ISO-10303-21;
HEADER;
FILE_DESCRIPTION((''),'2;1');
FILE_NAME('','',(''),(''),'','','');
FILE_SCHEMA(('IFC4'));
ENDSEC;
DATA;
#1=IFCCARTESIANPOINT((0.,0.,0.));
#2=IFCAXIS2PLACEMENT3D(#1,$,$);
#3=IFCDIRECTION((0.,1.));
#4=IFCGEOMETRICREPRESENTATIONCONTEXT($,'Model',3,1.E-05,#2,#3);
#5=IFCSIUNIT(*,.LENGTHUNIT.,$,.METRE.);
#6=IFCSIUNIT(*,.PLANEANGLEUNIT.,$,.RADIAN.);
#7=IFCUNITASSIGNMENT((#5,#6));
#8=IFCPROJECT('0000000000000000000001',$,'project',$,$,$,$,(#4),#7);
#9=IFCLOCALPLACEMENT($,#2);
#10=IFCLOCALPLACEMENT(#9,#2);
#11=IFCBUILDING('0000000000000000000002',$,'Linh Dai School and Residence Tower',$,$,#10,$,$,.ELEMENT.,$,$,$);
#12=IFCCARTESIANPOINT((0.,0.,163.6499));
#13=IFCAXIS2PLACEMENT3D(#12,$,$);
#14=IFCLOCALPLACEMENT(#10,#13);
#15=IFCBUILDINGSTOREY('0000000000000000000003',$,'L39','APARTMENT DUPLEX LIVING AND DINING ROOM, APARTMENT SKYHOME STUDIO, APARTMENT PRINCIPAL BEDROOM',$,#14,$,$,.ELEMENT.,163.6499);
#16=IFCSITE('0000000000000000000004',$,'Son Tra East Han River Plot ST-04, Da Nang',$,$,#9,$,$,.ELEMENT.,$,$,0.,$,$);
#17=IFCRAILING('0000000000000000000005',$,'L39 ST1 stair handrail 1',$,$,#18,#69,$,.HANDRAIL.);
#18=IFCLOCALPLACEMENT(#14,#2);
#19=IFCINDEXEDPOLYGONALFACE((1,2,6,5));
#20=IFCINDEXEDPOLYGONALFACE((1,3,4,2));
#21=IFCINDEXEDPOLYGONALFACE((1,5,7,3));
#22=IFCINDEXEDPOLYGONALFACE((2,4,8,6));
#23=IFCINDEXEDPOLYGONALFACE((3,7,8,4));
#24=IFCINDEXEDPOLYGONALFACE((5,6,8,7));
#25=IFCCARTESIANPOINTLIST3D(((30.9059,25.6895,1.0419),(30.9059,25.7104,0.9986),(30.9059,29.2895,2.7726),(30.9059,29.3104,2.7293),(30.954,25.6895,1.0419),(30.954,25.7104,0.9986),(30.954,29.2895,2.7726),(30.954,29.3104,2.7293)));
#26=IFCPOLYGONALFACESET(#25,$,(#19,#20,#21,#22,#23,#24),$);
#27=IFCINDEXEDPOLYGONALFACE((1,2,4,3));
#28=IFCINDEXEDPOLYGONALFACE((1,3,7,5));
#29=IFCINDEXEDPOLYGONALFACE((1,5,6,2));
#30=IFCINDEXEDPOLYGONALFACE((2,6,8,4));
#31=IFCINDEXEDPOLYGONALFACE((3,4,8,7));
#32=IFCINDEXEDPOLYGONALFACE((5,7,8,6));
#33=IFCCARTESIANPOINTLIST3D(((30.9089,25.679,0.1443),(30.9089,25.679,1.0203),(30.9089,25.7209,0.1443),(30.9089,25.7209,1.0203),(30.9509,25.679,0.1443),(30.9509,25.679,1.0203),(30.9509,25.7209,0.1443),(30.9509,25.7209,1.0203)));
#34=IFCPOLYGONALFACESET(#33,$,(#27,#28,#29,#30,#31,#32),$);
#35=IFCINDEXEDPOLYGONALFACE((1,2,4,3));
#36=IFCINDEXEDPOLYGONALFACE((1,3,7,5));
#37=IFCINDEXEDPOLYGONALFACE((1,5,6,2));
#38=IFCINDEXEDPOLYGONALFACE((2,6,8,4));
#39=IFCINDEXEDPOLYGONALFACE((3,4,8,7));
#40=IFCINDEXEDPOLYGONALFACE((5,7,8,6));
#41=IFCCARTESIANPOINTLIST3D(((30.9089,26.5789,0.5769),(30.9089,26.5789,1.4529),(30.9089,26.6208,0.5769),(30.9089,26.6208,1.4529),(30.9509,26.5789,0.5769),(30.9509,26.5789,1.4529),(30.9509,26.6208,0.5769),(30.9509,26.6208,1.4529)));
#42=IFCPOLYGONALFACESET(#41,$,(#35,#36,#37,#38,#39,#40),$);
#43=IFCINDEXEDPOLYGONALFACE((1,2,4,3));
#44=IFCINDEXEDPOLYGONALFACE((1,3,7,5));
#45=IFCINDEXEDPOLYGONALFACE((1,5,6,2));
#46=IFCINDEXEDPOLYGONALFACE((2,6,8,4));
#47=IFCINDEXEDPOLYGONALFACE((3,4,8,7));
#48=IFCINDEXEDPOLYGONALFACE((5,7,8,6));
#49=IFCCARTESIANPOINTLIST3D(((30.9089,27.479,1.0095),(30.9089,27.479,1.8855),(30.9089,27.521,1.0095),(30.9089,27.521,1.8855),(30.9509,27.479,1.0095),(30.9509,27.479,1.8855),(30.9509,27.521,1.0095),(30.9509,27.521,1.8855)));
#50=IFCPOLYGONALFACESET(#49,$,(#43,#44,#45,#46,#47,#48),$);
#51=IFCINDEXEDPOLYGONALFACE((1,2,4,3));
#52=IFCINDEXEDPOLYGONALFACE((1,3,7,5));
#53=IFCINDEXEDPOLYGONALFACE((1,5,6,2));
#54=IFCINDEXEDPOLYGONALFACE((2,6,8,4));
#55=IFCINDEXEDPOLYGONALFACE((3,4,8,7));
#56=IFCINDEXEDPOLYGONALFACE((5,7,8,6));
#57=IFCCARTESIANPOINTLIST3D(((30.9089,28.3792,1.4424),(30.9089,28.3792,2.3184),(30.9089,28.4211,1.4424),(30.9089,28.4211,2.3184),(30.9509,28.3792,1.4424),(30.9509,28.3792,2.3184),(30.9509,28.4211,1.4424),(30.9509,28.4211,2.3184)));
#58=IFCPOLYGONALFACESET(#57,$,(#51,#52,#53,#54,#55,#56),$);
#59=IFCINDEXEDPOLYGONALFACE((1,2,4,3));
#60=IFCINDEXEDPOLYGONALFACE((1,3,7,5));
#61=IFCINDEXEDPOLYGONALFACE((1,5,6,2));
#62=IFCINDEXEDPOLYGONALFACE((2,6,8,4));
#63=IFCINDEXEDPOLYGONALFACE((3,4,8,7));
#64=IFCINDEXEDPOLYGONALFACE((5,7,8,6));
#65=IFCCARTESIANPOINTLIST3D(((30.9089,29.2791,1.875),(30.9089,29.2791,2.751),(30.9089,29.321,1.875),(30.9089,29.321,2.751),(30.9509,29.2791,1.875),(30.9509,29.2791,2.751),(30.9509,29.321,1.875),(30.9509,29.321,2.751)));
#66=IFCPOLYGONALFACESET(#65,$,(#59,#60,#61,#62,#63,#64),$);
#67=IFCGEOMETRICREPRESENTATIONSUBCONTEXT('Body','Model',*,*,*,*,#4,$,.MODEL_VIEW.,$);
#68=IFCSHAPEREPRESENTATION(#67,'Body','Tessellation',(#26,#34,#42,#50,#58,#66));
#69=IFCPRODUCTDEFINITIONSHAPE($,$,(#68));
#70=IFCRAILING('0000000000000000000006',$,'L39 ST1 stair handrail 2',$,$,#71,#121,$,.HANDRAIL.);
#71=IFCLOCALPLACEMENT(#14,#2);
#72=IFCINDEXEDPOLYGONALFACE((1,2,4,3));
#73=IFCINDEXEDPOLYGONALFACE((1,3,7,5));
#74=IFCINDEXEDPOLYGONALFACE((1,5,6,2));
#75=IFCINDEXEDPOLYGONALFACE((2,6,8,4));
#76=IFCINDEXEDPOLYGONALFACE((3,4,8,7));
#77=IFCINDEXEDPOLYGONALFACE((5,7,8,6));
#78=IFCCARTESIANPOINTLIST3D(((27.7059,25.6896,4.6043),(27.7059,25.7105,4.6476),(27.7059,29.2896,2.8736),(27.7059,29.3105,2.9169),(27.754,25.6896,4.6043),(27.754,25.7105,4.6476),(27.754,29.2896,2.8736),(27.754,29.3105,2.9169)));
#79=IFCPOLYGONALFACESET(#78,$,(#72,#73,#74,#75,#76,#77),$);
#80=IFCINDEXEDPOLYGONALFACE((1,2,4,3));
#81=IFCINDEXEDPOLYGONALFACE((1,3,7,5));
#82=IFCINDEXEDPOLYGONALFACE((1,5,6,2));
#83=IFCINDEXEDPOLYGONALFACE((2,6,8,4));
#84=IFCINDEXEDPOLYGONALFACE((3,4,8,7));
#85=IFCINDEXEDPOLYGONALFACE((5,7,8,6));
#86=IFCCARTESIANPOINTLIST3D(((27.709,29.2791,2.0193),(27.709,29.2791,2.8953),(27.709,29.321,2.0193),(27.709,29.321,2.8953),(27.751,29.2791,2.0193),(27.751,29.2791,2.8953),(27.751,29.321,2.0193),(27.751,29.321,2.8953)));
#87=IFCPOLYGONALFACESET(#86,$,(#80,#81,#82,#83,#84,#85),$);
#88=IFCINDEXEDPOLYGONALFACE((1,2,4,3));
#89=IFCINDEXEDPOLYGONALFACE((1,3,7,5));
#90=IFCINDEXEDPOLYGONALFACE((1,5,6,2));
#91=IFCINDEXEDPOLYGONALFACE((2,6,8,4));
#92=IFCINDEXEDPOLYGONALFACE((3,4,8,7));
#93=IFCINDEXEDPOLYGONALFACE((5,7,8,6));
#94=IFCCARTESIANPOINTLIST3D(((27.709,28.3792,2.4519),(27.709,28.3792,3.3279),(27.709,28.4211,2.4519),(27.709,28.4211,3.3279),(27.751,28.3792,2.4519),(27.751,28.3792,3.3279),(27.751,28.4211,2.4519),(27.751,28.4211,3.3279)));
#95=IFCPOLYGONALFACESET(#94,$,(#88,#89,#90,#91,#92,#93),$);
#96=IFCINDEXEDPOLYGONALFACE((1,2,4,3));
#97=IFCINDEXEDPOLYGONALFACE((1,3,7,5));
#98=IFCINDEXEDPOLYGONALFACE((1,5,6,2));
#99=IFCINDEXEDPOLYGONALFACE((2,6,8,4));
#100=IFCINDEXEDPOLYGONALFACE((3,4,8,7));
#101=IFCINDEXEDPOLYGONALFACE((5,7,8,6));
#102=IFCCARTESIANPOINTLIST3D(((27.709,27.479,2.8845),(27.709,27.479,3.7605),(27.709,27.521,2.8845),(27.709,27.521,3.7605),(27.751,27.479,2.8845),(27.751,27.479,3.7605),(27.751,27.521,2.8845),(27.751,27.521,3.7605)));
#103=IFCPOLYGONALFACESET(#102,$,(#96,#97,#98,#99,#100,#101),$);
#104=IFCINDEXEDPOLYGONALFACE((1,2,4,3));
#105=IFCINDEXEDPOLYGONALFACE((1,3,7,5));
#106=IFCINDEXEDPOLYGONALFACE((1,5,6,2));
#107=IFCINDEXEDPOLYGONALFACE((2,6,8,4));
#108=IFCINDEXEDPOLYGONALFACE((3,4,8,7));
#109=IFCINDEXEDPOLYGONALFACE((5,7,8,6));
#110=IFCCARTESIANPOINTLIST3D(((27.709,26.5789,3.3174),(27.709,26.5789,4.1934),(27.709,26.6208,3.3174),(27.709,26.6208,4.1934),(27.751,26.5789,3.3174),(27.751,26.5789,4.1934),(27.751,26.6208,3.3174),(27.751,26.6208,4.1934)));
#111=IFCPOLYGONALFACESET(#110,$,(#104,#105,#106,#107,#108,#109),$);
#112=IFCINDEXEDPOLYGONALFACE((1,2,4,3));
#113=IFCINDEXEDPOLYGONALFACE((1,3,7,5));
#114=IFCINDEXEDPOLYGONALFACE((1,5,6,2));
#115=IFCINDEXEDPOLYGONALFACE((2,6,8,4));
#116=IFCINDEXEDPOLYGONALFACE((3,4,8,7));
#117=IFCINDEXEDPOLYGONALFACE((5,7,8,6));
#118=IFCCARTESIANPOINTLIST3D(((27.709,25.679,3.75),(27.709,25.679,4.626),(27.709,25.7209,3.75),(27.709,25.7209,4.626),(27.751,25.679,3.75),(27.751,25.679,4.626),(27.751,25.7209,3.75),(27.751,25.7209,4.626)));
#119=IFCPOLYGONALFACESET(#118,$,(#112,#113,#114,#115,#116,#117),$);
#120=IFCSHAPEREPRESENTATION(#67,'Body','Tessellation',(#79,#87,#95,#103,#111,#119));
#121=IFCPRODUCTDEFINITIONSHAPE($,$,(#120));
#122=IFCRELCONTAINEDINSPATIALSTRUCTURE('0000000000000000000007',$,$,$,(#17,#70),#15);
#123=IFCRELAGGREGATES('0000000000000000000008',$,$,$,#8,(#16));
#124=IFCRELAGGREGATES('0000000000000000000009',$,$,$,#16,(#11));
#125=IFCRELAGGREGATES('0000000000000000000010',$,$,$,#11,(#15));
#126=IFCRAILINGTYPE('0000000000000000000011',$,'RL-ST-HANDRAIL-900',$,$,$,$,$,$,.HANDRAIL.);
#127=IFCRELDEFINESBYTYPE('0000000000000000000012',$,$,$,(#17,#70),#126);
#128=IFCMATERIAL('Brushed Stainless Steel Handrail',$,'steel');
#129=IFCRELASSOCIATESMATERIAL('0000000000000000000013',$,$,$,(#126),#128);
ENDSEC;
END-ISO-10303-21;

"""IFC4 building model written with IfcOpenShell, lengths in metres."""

from ifc_helpers import new_model, si_unit, direction, frame, origin, origin_2d, place, context, subcontext, project, spatial, rectangle, extrude, source, transform, mapped, material, type_object, element, save


model = new_model("IFC4")

# Units and contexts
model_context = context("Model", 3, precision=1e-05, world=origin(), true_north=direction((0.0, 1.0)))
body_context = subcontext(model_context, "Body", "Model", "MODEL_VIEW")
ifc_project = project(units=[si_unit("LENGTHUNIT", "METRE"), si_unit("PLANEANGLEUNIT", "RADIAN")], contexts=[model_context])

# Site, building, storey
site_placement = place(None, origin())
site = spatial("IfcSite", under=ifc_project, at=site_placement, Name="Son Tra East Han River Plot ST-04, Da Nang", CompositionType="ELEMENT", RefElevation=0.0)
building_placement = place(site_placement, origin())
building = spatial("IfcBuilding", under=site, at=building_placement, Name="Linh Dai School and Residence Tower", CompositionType="ELEMENT")
storey_placement = place(building_placement, frame((0.0, 0.0, 163.6499)))
storey = spatial("IfcBuildingStorey", under=building, at=storey_placement, Name="L39", Description="APARTMENT DUPLEX LIVING AND DINING ROOM, APARTMENT SKYHOME STUDIO, APARTMENT PRINCIPAL BEDROOM", CompositionType="ELEMENT", Elevation=163.6499)

# Railings
ifc_material_1 = material(Name="Brushed Stainless Steel Handrail", Category="steel")
railing_type_1 = type_object("IfcRailingType", Name="RL-ST-HANDRAIL-900", PredefinedType="HANDRAIL", material=ifc_material_1)
shared_shape_1 = source(origin(), body_context, "Body", "SweptSolid", [
    extrude(rectangle(XDim=0.0481, YDim=0.0481, at=origin_2d()), frame((0.0, 0.0, 0.876), z_axis=(0.0, 0.901263, 0.433273), x_axis=(-1.0, 0.0, 0.0)), (0.0, 0.0, 1.0), 3.9944),
    extrude(rectangle(XDim=0.042, YDim=0.042, at=origin_2d()), origin(), (0.0, 0.0, 1.0), 0.876),
    extrude(rectangle(XDim=0.042, YDim=0.042, at=origin_2d()), frame((0.0, 0.8999, 0.4326)), (0.0, 0.0, 1.0), 0.876),
    extrude(rectangle(XDim=0.042, YDim=0.042, at=origin_2d()), frame((0.0, 1.8, 0.8652)), (0.0, 0.0, 1.0), 0.876),
    extrude(rectangle(XDim=0.042, YDim=0.042, at=origin_2d()), frame((0.0, 2.7002, 1.2981)), (0.0, 0.0, 1.0), 0.876),
    extrude(rectangle(XDim=0.042, YDim=0.042, at=origin_2d()), frame((0.0, 3.6001, 1.7307)), (0.0, 0.0, 1.0), 0.876),
])
railing_1_placement = place(storey_placement, frame((30.9299, 25.7, 0.1443)))
element("IfcRailing", 1, at=railing_1_placement, inside=storey, type_object=railing_type_1, Name="L39 ST1 stair handrail 1", PredefinedType="HANDRAIL", context=body_context, shape_type="MappedRepresentation", body=[
    mapped(shared_shape_1, transform((0.0, 0.0, 0.0), x_axis=(1.0, 0.0, 0.0), y_axis=(0.0, 1.0, 0.0), z_axis=(0.0, 0.0, 1.0), scale=1.0)),
])
shared_shape_2 = source(origin(), body_context, "Body", "SweptSolid", [
    extrude(rectangle(XDim=0.0481, YDim=0.0481, at=origin_2d()), frame((0.0, 0.0, 0.876), z_axis=(0.0, -0.901263, 0.433273), x_axis=(1.0, 0.0, 0.0)), (0.0, 0.0, 1.0), 3.9944),
    extrude(rectangle(XDim=0.042, YDim=0.042, at=origin_2d()), origin(), (0.0, 0.0, 1.0), 0.876),
    extrude(rectangle(XDim=0.042, YDim=0.042, at=origin_2d()), frame((0.0, -0.8999, 0.4326)), (0.0, 0.0, 1.0), 0.876),
    extrude(rectangle(XDim=0.042, YDim=0.042, at=origin_2d()), frame((0.0, -1.8, 0.8652)), (0.0, 0.0, 1.0), 0.876),
    extrude(rectangle(XDim=0.042, YDim=0.042, at=origin_2d()), frame((0.0, -2.7002, 1.2981)), (0.0, 0.0, 1.0), 0.876),
    extrude(rectangle(XDim=0.042, YDim=0.042, at=origin_2d()), frame((0.0, -3.6001, 1.7307)), (0.0, 0.0, 1.0), 0.876),
])
railing_2_placement = place(storey_placement, frame((27.73, 29.3, 2.0193)))
element("IfcRailing", 2, at=railing_2_placement, inside=storey, type_object=railing_type_1, Name="L39 ST1 stair handrail 2", PredefinedType="HANDRAIL", context=body_context, shape_type="MappedRepresentation", body=[
    mapped(shared_shape_2, transform((0.0, 0.0, 0.0), x_axis=(1.0, 0.0, 0.0), y_axis=(0.0, 1.0, 0.0), z_axis=(0.0, 0.0, 1.0), scale=1.0)),
])

save(model, "model.ifc")
